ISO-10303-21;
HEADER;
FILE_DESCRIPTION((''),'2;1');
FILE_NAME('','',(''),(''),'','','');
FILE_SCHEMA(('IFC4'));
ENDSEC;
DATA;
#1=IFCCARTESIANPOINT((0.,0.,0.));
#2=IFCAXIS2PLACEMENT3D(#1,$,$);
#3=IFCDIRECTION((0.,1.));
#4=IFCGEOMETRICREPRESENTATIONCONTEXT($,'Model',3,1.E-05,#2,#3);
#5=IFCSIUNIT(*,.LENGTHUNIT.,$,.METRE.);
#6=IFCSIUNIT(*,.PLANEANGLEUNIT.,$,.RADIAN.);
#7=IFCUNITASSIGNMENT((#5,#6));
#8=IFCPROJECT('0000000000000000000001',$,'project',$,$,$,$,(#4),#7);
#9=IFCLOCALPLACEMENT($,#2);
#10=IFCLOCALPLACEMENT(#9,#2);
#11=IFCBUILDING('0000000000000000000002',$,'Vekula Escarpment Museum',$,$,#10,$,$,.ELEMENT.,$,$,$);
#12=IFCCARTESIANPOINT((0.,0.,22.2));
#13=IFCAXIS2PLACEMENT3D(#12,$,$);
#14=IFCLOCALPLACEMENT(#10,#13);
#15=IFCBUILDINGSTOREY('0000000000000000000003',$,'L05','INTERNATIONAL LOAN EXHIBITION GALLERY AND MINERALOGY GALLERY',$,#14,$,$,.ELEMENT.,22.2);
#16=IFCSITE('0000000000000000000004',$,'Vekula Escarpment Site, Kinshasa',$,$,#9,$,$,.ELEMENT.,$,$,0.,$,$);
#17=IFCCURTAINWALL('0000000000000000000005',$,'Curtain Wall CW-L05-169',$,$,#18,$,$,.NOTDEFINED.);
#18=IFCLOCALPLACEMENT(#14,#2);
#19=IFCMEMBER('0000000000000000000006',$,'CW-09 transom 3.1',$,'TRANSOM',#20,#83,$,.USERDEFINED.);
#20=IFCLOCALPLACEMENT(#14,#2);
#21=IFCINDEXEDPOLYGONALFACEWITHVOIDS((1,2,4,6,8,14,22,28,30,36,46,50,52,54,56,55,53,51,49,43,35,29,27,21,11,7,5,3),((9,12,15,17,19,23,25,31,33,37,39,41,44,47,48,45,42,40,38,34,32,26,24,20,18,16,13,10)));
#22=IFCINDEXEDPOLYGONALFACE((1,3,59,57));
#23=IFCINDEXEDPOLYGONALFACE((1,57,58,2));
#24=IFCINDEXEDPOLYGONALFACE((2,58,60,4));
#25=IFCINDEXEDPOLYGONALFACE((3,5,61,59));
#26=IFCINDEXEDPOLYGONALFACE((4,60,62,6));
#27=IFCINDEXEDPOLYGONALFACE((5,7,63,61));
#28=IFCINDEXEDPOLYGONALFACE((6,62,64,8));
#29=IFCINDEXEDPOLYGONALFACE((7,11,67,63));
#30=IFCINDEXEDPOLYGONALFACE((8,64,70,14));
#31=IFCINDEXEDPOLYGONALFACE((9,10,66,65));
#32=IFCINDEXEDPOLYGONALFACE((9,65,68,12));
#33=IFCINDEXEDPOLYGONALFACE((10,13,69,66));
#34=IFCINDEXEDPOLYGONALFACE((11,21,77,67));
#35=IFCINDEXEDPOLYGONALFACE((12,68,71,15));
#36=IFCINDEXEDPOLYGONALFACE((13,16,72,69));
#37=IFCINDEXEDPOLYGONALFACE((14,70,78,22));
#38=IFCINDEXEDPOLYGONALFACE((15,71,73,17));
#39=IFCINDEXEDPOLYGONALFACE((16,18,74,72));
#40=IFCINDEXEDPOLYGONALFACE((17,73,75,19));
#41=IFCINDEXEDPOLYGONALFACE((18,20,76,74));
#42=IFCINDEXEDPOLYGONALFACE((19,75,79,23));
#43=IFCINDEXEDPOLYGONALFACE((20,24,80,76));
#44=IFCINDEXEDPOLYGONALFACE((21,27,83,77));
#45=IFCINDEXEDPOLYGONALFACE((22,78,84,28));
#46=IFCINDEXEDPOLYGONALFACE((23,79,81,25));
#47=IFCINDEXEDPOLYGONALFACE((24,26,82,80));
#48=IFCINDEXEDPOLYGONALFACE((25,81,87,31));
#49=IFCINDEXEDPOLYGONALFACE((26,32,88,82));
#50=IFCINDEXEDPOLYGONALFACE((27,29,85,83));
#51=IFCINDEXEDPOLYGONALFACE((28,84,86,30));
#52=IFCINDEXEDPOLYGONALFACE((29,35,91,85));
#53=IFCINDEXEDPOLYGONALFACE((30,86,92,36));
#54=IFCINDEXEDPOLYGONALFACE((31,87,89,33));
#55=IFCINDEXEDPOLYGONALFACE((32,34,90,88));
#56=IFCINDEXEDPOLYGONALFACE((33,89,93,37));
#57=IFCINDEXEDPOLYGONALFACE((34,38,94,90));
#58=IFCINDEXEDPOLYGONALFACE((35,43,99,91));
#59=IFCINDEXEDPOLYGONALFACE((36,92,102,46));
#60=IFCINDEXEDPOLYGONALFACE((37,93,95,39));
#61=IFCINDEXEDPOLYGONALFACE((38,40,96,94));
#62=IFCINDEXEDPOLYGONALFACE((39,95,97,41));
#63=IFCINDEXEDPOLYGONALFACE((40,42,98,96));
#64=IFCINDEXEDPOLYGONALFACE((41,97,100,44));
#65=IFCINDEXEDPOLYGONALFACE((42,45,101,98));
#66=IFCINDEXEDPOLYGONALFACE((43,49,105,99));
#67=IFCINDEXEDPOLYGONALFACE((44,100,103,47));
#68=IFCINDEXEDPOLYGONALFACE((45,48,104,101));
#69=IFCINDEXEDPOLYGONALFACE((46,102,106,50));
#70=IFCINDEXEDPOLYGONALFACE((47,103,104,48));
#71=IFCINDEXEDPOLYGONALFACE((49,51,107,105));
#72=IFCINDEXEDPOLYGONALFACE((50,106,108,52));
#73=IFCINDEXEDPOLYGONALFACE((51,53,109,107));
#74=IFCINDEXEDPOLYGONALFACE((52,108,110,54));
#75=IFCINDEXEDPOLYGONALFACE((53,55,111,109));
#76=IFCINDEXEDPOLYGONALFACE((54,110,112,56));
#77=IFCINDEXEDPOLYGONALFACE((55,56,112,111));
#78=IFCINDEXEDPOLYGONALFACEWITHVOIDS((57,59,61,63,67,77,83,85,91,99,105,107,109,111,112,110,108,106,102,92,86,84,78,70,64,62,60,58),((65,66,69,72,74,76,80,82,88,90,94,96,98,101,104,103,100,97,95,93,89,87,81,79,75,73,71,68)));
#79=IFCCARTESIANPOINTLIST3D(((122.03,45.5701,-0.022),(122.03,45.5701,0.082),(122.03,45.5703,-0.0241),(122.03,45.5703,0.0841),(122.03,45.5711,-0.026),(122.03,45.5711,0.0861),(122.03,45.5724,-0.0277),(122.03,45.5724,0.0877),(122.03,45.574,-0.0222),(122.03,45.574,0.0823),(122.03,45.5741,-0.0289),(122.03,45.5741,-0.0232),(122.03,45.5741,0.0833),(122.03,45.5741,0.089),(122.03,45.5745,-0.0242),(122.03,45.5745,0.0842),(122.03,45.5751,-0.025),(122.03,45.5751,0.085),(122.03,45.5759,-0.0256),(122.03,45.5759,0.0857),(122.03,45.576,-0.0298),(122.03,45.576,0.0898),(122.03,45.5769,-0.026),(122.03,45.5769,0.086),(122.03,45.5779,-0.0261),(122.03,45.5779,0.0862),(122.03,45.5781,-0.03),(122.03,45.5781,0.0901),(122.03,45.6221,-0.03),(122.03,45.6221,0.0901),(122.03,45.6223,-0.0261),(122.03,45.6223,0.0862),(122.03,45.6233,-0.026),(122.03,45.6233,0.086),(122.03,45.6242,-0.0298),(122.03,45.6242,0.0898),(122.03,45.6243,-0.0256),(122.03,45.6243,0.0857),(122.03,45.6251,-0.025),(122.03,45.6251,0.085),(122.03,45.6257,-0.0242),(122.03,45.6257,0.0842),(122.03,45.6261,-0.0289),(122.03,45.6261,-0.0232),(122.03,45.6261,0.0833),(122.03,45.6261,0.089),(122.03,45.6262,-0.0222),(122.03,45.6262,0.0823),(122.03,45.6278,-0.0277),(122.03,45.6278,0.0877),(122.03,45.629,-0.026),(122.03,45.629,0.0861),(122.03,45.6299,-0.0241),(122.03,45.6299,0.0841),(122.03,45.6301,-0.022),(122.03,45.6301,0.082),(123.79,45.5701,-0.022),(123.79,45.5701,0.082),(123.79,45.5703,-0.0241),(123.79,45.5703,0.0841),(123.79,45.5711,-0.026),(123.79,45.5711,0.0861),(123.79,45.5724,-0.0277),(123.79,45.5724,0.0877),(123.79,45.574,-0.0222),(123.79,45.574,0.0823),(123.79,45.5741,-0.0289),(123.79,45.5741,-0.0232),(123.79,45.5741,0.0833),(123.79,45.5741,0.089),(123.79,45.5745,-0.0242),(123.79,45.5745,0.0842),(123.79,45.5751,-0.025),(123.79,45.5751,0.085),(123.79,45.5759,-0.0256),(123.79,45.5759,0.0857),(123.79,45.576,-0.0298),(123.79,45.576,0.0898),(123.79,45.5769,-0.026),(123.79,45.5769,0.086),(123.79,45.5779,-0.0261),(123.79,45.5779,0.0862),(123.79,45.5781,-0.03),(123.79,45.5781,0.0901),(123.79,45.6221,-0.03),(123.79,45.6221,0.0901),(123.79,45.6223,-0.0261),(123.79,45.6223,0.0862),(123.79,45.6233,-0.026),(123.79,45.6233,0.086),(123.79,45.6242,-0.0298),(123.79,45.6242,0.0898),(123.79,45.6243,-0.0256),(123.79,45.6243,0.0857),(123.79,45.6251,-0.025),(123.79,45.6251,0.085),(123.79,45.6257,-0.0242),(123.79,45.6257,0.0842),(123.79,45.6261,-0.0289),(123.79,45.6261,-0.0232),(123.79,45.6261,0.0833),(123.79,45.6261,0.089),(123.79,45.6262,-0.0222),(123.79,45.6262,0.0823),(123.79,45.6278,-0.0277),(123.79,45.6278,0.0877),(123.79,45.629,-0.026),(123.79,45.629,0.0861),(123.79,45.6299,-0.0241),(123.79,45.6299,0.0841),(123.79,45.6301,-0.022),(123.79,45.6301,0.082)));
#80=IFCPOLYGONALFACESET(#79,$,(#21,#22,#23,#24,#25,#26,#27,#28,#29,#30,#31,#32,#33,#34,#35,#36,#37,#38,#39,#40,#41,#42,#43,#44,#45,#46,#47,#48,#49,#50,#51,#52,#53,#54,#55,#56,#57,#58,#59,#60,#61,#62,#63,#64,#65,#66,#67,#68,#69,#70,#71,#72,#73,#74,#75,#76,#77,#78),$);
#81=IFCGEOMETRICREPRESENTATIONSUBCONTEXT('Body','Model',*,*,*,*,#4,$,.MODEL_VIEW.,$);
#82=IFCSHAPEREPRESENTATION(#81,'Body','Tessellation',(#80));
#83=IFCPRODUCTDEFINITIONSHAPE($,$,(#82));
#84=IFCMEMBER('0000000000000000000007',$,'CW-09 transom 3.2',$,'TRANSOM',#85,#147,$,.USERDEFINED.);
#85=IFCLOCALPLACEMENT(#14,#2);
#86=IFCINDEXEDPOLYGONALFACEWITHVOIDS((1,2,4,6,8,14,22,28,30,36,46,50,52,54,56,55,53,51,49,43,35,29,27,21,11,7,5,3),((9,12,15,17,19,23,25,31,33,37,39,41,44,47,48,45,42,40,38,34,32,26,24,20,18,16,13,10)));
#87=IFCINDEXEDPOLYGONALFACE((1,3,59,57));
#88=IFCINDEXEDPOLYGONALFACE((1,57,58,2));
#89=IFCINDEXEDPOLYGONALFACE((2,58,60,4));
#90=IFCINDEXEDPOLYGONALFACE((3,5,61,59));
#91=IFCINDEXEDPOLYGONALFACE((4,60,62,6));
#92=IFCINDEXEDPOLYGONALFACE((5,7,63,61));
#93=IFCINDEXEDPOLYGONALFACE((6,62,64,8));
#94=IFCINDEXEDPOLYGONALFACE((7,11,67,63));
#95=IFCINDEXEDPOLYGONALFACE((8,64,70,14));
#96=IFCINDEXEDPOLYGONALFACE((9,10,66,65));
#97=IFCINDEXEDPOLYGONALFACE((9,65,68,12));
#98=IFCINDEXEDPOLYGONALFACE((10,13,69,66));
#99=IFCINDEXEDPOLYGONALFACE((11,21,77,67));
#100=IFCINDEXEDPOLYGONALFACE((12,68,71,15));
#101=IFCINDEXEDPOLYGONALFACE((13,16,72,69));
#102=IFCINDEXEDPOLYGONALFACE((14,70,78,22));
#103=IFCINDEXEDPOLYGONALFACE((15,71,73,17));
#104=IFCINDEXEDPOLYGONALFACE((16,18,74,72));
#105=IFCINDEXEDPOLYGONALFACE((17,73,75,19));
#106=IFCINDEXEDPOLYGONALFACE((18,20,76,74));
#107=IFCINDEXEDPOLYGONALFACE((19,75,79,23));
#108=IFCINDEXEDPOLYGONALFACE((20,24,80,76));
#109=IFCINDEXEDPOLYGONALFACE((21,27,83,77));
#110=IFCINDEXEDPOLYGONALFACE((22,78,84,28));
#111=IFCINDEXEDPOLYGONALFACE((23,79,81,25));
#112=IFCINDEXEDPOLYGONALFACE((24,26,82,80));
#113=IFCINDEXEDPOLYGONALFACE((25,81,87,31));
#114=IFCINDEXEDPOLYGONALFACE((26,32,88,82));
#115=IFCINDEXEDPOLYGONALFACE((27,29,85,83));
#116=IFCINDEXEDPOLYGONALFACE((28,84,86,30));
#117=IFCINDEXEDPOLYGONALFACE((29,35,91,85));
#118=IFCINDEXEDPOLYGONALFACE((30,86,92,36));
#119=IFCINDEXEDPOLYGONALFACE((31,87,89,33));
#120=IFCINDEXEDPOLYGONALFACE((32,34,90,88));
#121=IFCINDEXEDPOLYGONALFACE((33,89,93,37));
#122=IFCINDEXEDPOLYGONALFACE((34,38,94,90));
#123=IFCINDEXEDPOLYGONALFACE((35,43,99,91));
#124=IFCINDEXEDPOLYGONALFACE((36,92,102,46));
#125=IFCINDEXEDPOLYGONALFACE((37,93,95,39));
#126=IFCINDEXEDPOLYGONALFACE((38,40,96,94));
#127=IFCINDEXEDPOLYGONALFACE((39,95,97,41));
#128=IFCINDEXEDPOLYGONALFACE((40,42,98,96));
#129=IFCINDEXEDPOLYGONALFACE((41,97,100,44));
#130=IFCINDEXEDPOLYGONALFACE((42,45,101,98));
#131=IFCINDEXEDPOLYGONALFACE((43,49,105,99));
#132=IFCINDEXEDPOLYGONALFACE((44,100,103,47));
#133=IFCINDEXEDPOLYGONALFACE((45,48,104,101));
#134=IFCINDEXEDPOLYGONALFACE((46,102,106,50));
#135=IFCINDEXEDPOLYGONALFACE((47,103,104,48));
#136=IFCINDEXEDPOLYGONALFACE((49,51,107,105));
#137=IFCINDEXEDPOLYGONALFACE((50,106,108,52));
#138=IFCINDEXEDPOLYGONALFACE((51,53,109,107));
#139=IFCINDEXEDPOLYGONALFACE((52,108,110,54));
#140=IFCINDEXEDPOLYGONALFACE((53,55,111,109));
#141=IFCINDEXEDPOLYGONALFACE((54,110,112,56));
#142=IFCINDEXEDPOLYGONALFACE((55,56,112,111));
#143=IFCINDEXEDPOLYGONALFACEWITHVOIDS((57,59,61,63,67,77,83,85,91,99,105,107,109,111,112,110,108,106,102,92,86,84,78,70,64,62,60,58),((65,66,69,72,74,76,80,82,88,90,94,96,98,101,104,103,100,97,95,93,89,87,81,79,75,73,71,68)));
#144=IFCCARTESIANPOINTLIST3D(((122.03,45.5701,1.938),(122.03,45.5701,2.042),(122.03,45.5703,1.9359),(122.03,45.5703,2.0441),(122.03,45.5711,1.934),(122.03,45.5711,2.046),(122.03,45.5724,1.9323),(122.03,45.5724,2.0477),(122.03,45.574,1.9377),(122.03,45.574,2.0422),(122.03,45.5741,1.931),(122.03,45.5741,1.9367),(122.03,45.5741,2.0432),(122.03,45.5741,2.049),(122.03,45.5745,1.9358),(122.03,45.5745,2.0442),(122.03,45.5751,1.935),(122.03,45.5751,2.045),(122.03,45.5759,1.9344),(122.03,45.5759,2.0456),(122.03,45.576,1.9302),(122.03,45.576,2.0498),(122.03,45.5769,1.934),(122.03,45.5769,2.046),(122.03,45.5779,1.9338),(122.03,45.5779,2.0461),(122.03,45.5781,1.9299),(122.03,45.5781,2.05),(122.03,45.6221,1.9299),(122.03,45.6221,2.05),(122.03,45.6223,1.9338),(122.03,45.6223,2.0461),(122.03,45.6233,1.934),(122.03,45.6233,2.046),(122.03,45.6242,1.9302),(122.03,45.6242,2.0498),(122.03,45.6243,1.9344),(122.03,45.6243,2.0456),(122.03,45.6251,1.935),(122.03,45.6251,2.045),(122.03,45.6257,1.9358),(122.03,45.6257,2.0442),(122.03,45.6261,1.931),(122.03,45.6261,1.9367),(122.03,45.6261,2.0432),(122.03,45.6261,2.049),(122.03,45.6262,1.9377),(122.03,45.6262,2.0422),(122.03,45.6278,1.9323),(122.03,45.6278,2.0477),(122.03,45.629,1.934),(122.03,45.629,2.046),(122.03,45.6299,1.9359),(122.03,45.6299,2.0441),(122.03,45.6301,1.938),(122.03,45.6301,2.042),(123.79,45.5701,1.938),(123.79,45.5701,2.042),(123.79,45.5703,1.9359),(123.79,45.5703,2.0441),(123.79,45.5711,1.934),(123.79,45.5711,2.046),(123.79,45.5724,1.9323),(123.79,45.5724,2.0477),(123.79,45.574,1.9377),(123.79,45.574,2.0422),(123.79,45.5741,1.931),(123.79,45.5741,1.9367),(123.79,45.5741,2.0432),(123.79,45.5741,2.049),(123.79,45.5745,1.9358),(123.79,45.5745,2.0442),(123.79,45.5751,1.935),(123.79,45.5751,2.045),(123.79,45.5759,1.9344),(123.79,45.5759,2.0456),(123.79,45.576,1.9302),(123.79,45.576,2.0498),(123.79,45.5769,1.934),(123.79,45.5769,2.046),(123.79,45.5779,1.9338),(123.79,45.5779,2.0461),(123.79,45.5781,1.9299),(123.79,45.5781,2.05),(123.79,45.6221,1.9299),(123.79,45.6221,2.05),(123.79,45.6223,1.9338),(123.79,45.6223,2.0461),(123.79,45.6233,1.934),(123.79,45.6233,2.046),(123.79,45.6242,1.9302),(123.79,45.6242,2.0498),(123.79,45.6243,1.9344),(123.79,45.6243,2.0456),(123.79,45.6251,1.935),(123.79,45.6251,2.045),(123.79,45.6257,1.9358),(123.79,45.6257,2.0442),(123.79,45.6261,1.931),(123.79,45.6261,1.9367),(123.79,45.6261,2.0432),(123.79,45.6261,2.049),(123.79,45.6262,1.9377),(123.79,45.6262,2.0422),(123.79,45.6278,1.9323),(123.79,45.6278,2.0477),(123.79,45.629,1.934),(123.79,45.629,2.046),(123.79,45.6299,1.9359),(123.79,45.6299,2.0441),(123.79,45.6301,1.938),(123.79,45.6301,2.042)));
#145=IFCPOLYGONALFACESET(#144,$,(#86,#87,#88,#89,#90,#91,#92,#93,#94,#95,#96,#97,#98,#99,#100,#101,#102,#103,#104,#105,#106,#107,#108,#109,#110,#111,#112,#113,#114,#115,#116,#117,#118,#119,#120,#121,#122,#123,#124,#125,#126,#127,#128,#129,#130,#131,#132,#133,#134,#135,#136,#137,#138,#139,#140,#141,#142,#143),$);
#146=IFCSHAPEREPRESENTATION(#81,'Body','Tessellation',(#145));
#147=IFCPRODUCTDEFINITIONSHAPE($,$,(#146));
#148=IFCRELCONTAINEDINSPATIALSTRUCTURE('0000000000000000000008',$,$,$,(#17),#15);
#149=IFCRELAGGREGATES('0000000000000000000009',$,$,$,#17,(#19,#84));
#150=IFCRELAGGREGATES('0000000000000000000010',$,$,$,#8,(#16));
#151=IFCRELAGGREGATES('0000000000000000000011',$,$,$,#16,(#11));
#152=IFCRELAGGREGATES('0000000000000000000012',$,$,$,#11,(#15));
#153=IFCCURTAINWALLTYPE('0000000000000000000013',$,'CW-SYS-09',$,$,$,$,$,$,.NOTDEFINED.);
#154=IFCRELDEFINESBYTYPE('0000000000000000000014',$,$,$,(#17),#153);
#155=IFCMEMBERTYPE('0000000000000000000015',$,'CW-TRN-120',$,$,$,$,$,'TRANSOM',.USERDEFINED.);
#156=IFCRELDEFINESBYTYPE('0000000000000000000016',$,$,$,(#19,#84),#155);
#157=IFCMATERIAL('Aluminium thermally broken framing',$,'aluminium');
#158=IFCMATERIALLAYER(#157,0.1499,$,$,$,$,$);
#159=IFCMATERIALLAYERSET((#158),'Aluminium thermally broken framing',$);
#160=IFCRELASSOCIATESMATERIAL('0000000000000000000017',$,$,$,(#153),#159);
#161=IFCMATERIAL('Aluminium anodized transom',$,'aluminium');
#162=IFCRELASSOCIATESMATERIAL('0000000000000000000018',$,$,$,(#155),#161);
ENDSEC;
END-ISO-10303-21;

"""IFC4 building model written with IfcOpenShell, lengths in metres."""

from ifc_helpers import new_model, si_unit, direction, frame, origin, origin_2d, place, context, subcontext, project, spatial, hollow_rectangle, extrude, material, layer, layer_set, material_profile, profile_set, type_object, element, aggregate, save


model = new_model("IFC4")

# Units and contexts
model_context = context("Model", 3, precision=1e-05, world=origin(), true_north=direction((0.0, 1.0)))
body_context = subcontext(model_context, "Body", "Model", "MODEL_VIEW")
ifc_project = project(units=[si_unit("LENGTHUNIT", "METRE"), si_unit("PLANEANGLEUNIT", "RADIAN")], contexts=[model_context])

# Site, building, storey
site_placement = place(None, origin())
site = spatial("IfcSite", under=ifc_project, at=site_placement, Name="Vekula Escarpment Site, Kinshasa", CompositionType="ELEMENT", RefElevation=0.0)
building_placement = place(site_placement, origin())
building = spatial("IfcBuilding", under=site, at=building_placement, Name="Vekula Escarpment Museum", CompositionType="ELEMENT")
storey_placement = place(building_placement, frame((0.0, 0.0, 22.2)))
storey = spatial("IfcBuildingStorey", under=building, at=storey_placement, Name="L05", Description="INTERNATIONAL LOAN EXHIBITION GALLERY AND MINERALOGY GALLERY", CompositionType="ELEMENT", Elevation=22.2)

# Curtain wall, members
ifc_material_1 = material(Name="Aluminium thermally broken framing", Category="aluminium")
ifc_layer_1 = layer(ifc_material_1, 0.1499)
ifc_layer_set_1 = layer_set([ifc_layer_1], Name="Aluminium thermally broken framing")
curtain_wall_type = type_object("IfcCurtainWallType", Name="CW-SYS-09", PredefinedType="NOTDEFINED", material=ifc_layer_set_1)
curtain_wall_placement = place(storey_placement, origin())
curtain_wall = element("IfcCurtainWall", 1, at=curtain_wall_placement, inside=storey, type_object=curtain_wall_type, Name="Curtain Wall CW-L05-169", PredefinedType="NOTDEFINED")
ifc_material_2 = material(Name="Aluminium anodized transom", Category="aluminium")
ifc_material_profile_1 = material_profile(ifc_material_2, hollow_rectangle(XDim=0.0601, YDim=0.1201, WallThickness=0.0039, InnerFilletRadius=0.0039, OuterFilletRadius=0.0081, at=origin_2d()), Name="ALU 120x60x4")
ifc_profile_set_1 = profile_set([ifc_material_profile_1], Name="Aluminium anodized transom")
member_type_1 = type_object("IfcMemberType", Name="CW-TRN-120", ElementType="TRANSOM", PredefinedType="USERDEFINED", material=ifc_profile_set_1)
member_1_placement = place(storey_placement, frame((122.03, 45.6001, 0.03), z_axis=(1.0, 0.0, 0.0), x_axis=(0.0, 1.0, 0.0)))
member_1 = element("IfcMember", 2, at=member_1_placement, type_object=member_type_1, Name="CW-09 transom 3.1", ObjectType="TRANSOM", PredefinedType="USERDEFINED", context=body_context, shape_type="SweptSolid", body=[
    extrude(hollow_rectangle(XDim=0.0601, YDim=0.1201, WallThickness=0.0039, InnerFilletRadius=0.0039, OuterFilletRadius=0.0081, at=origin_2d()), origin(), (0.0, 0.0, 1.0), 1.76),
])
member_2_placement = place(storey_placement, frame((122.03, 45.6001, 1.99), z_axis=(1.0, 0.0, 0.0), x_axis=(0.0, 1.0, 0.0)))
member_2 = element("IfcMember", 3, at=member_2_placement, type_object=member_type_1, Name="CW-09 transom 3.2", ObjectType="TRANSOM", PredefinedType="USERDEFINED", context=body_context, shape_type="SweptSolid", body=[
    extrude(hollow_rectangle(XDim=0.0601, YDim=0.1201, WallThickness=0.0039, InnerFilletRadius=0.0039, OuterFilletRadius=0.0081, at=origin_2d()), origin(), (0.0, 0.0, 1.0), 1.76),
])

aggregate(curtain_wall, [member_1, member_2])

save(model, "model.ifc")
